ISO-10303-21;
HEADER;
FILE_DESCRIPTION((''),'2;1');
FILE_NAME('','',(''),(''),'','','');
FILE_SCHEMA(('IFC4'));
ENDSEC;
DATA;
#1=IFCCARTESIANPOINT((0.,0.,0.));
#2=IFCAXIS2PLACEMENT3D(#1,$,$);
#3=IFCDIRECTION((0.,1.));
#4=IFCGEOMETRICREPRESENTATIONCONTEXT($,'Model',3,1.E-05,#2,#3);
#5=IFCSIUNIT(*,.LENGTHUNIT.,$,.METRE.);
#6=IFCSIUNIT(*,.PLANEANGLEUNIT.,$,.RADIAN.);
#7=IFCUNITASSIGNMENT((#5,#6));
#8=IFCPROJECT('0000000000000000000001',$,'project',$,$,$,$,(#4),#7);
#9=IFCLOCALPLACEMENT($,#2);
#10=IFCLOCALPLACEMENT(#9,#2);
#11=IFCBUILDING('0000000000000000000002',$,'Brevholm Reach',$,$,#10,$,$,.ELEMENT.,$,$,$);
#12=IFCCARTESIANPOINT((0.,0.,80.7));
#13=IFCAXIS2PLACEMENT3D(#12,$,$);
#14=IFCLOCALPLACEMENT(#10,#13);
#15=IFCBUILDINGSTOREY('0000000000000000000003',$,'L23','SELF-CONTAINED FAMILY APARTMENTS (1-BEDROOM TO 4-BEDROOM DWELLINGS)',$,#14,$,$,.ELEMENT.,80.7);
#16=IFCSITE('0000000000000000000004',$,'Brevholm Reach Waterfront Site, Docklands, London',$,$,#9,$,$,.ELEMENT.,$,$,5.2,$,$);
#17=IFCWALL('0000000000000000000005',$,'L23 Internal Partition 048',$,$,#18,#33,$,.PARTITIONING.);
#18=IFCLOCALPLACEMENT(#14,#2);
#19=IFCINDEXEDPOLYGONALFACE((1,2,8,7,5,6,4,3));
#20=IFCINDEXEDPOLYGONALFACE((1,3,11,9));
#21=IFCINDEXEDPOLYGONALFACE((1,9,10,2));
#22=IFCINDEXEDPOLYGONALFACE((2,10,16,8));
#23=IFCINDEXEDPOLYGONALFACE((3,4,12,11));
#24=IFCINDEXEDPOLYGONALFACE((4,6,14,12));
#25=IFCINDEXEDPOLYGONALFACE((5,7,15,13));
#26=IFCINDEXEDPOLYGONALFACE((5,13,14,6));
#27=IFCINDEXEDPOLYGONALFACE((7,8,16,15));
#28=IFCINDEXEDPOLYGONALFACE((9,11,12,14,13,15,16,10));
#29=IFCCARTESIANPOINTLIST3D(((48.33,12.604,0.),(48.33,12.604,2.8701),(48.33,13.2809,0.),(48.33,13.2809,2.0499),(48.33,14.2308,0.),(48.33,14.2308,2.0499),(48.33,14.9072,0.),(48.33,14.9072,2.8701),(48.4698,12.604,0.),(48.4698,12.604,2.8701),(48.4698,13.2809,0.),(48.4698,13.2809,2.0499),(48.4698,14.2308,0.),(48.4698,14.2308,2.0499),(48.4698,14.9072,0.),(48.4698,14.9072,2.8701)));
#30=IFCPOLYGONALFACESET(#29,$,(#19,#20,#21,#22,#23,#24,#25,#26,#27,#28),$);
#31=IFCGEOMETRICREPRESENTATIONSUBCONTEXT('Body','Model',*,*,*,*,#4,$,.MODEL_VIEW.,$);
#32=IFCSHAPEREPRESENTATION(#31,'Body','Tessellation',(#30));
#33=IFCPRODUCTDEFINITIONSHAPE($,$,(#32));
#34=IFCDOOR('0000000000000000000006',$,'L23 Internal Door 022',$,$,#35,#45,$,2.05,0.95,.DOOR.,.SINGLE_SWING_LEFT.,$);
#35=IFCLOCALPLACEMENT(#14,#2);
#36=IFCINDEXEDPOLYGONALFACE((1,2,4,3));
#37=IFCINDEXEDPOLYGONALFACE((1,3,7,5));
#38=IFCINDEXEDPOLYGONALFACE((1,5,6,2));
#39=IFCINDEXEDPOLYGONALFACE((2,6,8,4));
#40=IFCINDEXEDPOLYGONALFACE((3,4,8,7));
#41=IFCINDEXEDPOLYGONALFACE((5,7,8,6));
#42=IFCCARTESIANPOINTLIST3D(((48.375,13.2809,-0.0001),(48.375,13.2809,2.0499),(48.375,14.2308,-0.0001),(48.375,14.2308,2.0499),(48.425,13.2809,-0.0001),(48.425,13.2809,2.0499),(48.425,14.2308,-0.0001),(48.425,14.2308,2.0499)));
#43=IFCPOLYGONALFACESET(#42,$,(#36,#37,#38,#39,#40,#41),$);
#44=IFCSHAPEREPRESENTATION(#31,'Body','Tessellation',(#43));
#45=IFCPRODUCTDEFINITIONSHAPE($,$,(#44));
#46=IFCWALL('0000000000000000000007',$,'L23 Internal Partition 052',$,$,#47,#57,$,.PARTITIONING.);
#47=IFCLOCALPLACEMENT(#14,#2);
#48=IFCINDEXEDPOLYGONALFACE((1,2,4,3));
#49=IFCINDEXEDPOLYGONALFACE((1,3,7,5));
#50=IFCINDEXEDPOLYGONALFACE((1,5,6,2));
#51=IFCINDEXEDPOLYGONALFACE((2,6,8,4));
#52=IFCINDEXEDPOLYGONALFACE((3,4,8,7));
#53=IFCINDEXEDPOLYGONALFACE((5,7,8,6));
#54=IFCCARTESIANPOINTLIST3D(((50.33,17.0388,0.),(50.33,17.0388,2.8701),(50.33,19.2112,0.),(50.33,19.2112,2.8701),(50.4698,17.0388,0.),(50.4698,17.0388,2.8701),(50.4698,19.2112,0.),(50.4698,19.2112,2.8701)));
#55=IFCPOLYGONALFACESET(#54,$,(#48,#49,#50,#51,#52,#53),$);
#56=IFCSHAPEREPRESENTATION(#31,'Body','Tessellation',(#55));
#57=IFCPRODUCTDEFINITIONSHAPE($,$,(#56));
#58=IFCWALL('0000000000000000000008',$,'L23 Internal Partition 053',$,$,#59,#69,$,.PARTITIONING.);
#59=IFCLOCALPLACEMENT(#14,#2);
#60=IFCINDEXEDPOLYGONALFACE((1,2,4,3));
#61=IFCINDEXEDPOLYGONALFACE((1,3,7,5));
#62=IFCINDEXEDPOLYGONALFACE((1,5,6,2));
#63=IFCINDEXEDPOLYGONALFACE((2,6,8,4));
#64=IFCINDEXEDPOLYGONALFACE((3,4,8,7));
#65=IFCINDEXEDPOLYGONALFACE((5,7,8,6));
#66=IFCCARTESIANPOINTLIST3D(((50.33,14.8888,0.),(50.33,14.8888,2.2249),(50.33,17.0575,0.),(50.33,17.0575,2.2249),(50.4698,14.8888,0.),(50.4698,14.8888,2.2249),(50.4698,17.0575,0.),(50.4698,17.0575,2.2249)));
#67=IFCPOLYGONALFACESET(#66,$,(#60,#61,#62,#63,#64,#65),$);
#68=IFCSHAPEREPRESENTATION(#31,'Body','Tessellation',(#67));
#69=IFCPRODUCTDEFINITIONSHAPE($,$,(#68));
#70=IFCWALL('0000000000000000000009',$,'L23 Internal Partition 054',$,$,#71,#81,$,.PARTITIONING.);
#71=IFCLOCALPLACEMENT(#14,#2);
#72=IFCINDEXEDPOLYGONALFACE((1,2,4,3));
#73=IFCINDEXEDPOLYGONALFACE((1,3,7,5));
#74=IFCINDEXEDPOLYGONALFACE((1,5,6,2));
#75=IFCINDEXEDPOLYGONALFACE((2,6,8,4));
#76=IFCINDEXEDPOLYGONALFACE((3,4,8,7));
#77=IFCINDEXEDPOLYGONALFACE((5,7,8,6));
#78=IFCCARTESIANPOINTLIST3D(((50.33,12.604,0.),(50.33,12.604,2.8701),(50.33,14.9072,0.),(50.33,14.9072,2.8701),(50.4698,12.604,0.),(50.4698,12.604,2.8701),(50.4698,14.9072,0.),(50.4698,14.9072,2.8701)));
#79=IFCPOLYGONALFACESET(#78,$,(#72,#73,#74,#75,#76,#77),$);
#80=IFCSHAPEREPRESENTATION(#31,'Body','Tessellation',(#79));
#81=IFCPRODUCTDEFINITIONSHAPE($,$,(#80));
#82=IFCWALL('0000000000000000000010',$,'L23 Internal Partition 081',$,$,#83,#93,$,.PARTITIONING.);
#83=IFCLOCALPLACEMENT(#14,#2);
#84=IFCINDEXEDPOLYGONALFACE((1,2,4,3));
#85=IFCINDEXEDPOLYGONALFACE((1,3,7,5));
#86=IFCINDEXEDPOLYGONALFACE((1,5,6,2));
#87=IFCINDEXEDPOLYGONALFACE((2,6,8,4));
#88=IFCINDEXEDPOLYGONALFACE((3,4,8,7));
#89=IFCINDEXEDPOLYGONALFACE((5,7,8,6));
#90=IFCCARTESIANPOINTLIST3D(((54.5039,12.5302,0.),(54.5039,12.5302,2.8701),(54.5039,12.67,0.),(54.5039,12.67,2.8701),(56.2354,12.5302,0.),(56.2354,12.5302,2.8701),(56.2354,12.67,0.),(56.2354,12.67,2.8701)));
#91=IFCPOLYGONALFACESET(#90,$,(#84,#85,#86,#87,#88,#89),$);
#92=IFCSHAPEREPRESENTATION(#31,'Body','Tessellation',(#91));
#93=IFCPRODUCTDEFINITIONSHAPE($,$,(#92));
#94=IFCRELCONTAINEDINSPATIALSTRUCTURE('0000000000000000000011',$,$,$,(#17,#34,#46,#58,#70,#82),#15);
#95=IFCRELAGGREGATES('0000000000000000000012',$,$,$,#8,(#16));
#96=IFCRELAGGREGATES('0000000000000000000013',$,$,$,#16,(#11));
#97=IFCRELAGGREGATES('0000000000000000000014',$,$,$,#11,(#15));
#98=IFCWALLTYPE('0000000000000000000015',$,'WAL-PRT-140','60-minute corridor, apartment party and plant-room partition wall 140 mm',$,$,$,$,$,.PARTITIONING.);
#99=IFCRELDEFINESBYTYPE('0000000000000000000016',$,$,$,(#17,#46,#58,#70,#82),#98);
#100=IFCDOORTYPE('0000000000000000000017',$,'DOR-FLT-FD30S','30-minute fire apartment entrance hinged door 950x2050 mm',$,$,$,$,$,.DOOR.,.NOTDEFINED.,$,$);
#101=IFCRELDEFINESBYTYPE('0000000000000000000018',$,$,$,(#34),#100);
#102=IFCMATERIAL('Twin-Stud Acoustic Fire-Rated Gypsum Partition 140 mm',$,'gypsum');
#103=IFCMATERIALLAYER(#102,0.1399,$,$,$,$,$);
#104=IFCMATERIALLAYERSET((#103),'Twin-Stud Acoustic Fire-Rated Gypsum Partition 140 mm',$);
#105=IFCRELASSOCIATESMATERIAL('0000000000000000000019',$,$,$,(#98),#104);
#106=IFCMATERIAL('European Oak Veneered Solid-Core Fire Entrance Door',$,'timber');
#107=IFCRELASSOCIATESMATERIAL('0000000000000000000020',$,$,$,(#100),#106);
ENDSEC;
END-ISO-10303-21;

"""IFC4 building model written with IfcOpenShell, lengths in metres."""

from ifc_helpers import new_model, si_unit, direction, frame, frame_2d, origin, place, context, subcontext, project, spatial, rectangle, extrude, material, layer, layer_set, type_object, element, fill, save


model = new_model("IFC4")

# Units and contexts
model_context = context("Model", 3, precision=1e-05, world=origin(), true_north=direction((0.0, 1.0)))
body_context = subcontext(model_context, "Body", "Model", "MODEL_VIEW")
ifc_project = project(units=[si_unit("LENGTHUNIT", "METRE"), si_unit("PLANEANGLEUNIT", "RADIAN")], contexts=[model_context])

# Site, building, storey
site_placement = place(None, origin())
site = spatial("IfcSite", under=ifc_project, at=site_placement, Name="Brevholm Reach Waterfront Site, Docklands, London", CompositionType="ELEMENT", RefElevation=5.2)
building_placement = place(site_placement, origin())
building = spatial("IfcBuilding", under=site, at=building_placement, Name="Brevholm Reach", CompositionType="ELEMENT")
storey_placement = place(building_placement, frame((0.0, 0.0, 80.7)))
storey = spatial("IfcBuildingStorey", under=building, at=storey_placement, Name="L23", Description="SELF-CONTAINED FAMILY APARTMENTS (1-BEDROOM TO 4-BEDROOM DWELLINGS)", CompositionType="ELEMENT", Elevation=80.7)

# Shared definitions
ifc_material_1 = material(Name="Twin-Stud Acoustic Fire-Rated Gypsum Partition 140 mm", Category="gypsum")
ifc_layer_1 = layer(ifc_material_1, 0.1399)
ifc_layer_set_1 = layer_set([ifc_layer_1], Name="Twin-Stud Acoustic Fire-Rated Gypsum Partition 140 mm")
wall_type_1 = type_object("IfcWallType", Name="WAL-PRT-140", Description="60-minute corridor, apartment party and plant-room partition wall 140 mm", PredefinedType="PARTITIONING", material=ifc_layer_set_1)
ifc_material_2 = material(Name="European Oak Veneered Solid-Core Fire Entrance Door", Category="timber")
door_type_1 = type_object("IfcDoorType", Name="DOR-FLT-FD30S", Description="30-minute fire apartment entrance hinged door 950x2050 mm", OperationType="NOTDEFINED", PredefinedType="DOOR", material=ifc_material_2)

# Wall, opening, door
wall_1_placement = place(storey_placement, frame((48.3999, 12.604, 0.0), z_axis=(0.0, 0.0, 1.0), x_axis=(0.0, 1.0, 0.0)))
wall_1 = element("IfcWall", 1, at=wall_1_placement, inside=storey, type_object=wall_type_1, Name="L23 Internal Partition 048", PredefinedType="PARTITIONING", context=body_context, shape_type="SweptSolid", body=[
    extrude(rectangle(XDim=2.3032, YDim=0.1399, at=frame_2d((1.1516, 0.0))), origin(), (0.0, 0.0, 1.0), 2.8701),
])
opening_1_placement = place(wall_1_placement, frame((0.6768, 0.0, 0.0)))
opening_1 = element("IfcOpeningElement", 2, at=opening_1_placement, cuts=wall_1, PredefinedType="OPENING", context=body_context, shape_type="SweptSolid", body=[
    extrude(rectangle(XDim=0.95, YDim=2.05, at=frame_2d((0.4751, 1.0249))), frame((0.0, 0.0798, 0.0), z_axis=(0.0, -1.0, 0.0), x_axis=(1.0, 0.0, 0.0)), (0.0, 0.0, 1.0), 0.1599),
])
door_1_placement = place(opening_1_placement, origin())
door_1 = element("IfcDoor", 3, at=door_1_placement, inside=storey, type_object=door_type_1, Name="L23 Internal Door 022", OperationType="SINGLE_SWING_LEFT", OverallHeight=2.05, OverallWidth=0.95, PredefinedType="DOOR", context=body_context, shape_type="SweptSolid", body=[
    extrude(rectangle(XDim=0.95, YDim=2.05, at=frame_2d((0.4751, 1.0249))), frame((0.0, 0.0249, 0.0), z_axis=(0.0, -1.0, 0.0), x_axis=(1.0, 0.0, 0.0)), (0.0, 0.0, 1.0), 0.05),
])
fill(opening_1, door_1)

# Walls
wall_2_placement = place(storey_placement, frame((50.3999, 17.0388, 0.0), z_axis=(0.0, 0.0, 1.0), x_axis=(0.0, 1.0, 0.0)))
element("IfcWall", 4, at=wall_2_placement, inside=storey, type_object=wall_type_1, Name="L23 Internal Partition 052", PredefinedType="PARTITIONING", context=body_context, shape_type="SweptSolid", body=[
    extrude(rectangle(XDim=2.1724, YDim=0.1399, at=frame_2d((1.0862, 0.0))), origin(), (0.0, 0.0, 1.0), 2.8701),
])
wall_3_placement = place(storey_placement, frame((50.3999, 14.8887, 0.0), z_axis=(0.0, 0.0, 1.0), x_axis=(0.0, 1.0, 0.0)))
element("IfcWall", 5, at=wall_3_placement, inside=storey, type_object=wall_type_1, Name="L23 Internal Partition 053", PredefinedType="PARTITIONING", context=body_context, shape_type="SweptSolid", body=[
    extrude(rectangle(XDim=2.1687, YDim=0.1399, at=frame_2d((1.0845, 0.0))), origin(), (0.0, 0.0, 1.0), 2.2249),
])
wall_4_placement = place(storey_placement, frame((50.3999, 12.604, 0.0), z_axis=(0.0, 0.0, 1.0), x_axis=(0.0, 1.0, 0.0)))
element("IfcWall", 6, at=wall_4_placement, inside=storey, type_object=wall_type_1, Name="L23 Internal Partition 054", PredefinedType="PARTITIONING", context=body_context, shape_type="SweptSolid", body=[
    extrude(rectangle(XDim=2.3032, YDim=0.1399, at=frame_2d((1.1516, 0.0))), origin(), (0.0, 0.0, 1.0), 2.8701),
])
wall_5_placement = place(storey_placement, frame((54.5039, 12.6001, 0.0), z_axis=(0.0, 0.0, 1.0), x_axis=(1.0, 0.0, 0.0)))
element("IfcWall", 7, at=wall_5_placement, inside=storey, type_object=wall_type_1, Name="L23 Internal Partition 081", PredefinedType="PARTITIONING", context=body_context, shape_type="SweptSolid", body=[
    extrude(rectangle(XDim=1.7314, YDim=0.1399, at=frame_2d((0.8657, 0.0))), origin(), (0.0, 0.0, 1.0), 2.8701),
])

save(model, "model.ifc")
